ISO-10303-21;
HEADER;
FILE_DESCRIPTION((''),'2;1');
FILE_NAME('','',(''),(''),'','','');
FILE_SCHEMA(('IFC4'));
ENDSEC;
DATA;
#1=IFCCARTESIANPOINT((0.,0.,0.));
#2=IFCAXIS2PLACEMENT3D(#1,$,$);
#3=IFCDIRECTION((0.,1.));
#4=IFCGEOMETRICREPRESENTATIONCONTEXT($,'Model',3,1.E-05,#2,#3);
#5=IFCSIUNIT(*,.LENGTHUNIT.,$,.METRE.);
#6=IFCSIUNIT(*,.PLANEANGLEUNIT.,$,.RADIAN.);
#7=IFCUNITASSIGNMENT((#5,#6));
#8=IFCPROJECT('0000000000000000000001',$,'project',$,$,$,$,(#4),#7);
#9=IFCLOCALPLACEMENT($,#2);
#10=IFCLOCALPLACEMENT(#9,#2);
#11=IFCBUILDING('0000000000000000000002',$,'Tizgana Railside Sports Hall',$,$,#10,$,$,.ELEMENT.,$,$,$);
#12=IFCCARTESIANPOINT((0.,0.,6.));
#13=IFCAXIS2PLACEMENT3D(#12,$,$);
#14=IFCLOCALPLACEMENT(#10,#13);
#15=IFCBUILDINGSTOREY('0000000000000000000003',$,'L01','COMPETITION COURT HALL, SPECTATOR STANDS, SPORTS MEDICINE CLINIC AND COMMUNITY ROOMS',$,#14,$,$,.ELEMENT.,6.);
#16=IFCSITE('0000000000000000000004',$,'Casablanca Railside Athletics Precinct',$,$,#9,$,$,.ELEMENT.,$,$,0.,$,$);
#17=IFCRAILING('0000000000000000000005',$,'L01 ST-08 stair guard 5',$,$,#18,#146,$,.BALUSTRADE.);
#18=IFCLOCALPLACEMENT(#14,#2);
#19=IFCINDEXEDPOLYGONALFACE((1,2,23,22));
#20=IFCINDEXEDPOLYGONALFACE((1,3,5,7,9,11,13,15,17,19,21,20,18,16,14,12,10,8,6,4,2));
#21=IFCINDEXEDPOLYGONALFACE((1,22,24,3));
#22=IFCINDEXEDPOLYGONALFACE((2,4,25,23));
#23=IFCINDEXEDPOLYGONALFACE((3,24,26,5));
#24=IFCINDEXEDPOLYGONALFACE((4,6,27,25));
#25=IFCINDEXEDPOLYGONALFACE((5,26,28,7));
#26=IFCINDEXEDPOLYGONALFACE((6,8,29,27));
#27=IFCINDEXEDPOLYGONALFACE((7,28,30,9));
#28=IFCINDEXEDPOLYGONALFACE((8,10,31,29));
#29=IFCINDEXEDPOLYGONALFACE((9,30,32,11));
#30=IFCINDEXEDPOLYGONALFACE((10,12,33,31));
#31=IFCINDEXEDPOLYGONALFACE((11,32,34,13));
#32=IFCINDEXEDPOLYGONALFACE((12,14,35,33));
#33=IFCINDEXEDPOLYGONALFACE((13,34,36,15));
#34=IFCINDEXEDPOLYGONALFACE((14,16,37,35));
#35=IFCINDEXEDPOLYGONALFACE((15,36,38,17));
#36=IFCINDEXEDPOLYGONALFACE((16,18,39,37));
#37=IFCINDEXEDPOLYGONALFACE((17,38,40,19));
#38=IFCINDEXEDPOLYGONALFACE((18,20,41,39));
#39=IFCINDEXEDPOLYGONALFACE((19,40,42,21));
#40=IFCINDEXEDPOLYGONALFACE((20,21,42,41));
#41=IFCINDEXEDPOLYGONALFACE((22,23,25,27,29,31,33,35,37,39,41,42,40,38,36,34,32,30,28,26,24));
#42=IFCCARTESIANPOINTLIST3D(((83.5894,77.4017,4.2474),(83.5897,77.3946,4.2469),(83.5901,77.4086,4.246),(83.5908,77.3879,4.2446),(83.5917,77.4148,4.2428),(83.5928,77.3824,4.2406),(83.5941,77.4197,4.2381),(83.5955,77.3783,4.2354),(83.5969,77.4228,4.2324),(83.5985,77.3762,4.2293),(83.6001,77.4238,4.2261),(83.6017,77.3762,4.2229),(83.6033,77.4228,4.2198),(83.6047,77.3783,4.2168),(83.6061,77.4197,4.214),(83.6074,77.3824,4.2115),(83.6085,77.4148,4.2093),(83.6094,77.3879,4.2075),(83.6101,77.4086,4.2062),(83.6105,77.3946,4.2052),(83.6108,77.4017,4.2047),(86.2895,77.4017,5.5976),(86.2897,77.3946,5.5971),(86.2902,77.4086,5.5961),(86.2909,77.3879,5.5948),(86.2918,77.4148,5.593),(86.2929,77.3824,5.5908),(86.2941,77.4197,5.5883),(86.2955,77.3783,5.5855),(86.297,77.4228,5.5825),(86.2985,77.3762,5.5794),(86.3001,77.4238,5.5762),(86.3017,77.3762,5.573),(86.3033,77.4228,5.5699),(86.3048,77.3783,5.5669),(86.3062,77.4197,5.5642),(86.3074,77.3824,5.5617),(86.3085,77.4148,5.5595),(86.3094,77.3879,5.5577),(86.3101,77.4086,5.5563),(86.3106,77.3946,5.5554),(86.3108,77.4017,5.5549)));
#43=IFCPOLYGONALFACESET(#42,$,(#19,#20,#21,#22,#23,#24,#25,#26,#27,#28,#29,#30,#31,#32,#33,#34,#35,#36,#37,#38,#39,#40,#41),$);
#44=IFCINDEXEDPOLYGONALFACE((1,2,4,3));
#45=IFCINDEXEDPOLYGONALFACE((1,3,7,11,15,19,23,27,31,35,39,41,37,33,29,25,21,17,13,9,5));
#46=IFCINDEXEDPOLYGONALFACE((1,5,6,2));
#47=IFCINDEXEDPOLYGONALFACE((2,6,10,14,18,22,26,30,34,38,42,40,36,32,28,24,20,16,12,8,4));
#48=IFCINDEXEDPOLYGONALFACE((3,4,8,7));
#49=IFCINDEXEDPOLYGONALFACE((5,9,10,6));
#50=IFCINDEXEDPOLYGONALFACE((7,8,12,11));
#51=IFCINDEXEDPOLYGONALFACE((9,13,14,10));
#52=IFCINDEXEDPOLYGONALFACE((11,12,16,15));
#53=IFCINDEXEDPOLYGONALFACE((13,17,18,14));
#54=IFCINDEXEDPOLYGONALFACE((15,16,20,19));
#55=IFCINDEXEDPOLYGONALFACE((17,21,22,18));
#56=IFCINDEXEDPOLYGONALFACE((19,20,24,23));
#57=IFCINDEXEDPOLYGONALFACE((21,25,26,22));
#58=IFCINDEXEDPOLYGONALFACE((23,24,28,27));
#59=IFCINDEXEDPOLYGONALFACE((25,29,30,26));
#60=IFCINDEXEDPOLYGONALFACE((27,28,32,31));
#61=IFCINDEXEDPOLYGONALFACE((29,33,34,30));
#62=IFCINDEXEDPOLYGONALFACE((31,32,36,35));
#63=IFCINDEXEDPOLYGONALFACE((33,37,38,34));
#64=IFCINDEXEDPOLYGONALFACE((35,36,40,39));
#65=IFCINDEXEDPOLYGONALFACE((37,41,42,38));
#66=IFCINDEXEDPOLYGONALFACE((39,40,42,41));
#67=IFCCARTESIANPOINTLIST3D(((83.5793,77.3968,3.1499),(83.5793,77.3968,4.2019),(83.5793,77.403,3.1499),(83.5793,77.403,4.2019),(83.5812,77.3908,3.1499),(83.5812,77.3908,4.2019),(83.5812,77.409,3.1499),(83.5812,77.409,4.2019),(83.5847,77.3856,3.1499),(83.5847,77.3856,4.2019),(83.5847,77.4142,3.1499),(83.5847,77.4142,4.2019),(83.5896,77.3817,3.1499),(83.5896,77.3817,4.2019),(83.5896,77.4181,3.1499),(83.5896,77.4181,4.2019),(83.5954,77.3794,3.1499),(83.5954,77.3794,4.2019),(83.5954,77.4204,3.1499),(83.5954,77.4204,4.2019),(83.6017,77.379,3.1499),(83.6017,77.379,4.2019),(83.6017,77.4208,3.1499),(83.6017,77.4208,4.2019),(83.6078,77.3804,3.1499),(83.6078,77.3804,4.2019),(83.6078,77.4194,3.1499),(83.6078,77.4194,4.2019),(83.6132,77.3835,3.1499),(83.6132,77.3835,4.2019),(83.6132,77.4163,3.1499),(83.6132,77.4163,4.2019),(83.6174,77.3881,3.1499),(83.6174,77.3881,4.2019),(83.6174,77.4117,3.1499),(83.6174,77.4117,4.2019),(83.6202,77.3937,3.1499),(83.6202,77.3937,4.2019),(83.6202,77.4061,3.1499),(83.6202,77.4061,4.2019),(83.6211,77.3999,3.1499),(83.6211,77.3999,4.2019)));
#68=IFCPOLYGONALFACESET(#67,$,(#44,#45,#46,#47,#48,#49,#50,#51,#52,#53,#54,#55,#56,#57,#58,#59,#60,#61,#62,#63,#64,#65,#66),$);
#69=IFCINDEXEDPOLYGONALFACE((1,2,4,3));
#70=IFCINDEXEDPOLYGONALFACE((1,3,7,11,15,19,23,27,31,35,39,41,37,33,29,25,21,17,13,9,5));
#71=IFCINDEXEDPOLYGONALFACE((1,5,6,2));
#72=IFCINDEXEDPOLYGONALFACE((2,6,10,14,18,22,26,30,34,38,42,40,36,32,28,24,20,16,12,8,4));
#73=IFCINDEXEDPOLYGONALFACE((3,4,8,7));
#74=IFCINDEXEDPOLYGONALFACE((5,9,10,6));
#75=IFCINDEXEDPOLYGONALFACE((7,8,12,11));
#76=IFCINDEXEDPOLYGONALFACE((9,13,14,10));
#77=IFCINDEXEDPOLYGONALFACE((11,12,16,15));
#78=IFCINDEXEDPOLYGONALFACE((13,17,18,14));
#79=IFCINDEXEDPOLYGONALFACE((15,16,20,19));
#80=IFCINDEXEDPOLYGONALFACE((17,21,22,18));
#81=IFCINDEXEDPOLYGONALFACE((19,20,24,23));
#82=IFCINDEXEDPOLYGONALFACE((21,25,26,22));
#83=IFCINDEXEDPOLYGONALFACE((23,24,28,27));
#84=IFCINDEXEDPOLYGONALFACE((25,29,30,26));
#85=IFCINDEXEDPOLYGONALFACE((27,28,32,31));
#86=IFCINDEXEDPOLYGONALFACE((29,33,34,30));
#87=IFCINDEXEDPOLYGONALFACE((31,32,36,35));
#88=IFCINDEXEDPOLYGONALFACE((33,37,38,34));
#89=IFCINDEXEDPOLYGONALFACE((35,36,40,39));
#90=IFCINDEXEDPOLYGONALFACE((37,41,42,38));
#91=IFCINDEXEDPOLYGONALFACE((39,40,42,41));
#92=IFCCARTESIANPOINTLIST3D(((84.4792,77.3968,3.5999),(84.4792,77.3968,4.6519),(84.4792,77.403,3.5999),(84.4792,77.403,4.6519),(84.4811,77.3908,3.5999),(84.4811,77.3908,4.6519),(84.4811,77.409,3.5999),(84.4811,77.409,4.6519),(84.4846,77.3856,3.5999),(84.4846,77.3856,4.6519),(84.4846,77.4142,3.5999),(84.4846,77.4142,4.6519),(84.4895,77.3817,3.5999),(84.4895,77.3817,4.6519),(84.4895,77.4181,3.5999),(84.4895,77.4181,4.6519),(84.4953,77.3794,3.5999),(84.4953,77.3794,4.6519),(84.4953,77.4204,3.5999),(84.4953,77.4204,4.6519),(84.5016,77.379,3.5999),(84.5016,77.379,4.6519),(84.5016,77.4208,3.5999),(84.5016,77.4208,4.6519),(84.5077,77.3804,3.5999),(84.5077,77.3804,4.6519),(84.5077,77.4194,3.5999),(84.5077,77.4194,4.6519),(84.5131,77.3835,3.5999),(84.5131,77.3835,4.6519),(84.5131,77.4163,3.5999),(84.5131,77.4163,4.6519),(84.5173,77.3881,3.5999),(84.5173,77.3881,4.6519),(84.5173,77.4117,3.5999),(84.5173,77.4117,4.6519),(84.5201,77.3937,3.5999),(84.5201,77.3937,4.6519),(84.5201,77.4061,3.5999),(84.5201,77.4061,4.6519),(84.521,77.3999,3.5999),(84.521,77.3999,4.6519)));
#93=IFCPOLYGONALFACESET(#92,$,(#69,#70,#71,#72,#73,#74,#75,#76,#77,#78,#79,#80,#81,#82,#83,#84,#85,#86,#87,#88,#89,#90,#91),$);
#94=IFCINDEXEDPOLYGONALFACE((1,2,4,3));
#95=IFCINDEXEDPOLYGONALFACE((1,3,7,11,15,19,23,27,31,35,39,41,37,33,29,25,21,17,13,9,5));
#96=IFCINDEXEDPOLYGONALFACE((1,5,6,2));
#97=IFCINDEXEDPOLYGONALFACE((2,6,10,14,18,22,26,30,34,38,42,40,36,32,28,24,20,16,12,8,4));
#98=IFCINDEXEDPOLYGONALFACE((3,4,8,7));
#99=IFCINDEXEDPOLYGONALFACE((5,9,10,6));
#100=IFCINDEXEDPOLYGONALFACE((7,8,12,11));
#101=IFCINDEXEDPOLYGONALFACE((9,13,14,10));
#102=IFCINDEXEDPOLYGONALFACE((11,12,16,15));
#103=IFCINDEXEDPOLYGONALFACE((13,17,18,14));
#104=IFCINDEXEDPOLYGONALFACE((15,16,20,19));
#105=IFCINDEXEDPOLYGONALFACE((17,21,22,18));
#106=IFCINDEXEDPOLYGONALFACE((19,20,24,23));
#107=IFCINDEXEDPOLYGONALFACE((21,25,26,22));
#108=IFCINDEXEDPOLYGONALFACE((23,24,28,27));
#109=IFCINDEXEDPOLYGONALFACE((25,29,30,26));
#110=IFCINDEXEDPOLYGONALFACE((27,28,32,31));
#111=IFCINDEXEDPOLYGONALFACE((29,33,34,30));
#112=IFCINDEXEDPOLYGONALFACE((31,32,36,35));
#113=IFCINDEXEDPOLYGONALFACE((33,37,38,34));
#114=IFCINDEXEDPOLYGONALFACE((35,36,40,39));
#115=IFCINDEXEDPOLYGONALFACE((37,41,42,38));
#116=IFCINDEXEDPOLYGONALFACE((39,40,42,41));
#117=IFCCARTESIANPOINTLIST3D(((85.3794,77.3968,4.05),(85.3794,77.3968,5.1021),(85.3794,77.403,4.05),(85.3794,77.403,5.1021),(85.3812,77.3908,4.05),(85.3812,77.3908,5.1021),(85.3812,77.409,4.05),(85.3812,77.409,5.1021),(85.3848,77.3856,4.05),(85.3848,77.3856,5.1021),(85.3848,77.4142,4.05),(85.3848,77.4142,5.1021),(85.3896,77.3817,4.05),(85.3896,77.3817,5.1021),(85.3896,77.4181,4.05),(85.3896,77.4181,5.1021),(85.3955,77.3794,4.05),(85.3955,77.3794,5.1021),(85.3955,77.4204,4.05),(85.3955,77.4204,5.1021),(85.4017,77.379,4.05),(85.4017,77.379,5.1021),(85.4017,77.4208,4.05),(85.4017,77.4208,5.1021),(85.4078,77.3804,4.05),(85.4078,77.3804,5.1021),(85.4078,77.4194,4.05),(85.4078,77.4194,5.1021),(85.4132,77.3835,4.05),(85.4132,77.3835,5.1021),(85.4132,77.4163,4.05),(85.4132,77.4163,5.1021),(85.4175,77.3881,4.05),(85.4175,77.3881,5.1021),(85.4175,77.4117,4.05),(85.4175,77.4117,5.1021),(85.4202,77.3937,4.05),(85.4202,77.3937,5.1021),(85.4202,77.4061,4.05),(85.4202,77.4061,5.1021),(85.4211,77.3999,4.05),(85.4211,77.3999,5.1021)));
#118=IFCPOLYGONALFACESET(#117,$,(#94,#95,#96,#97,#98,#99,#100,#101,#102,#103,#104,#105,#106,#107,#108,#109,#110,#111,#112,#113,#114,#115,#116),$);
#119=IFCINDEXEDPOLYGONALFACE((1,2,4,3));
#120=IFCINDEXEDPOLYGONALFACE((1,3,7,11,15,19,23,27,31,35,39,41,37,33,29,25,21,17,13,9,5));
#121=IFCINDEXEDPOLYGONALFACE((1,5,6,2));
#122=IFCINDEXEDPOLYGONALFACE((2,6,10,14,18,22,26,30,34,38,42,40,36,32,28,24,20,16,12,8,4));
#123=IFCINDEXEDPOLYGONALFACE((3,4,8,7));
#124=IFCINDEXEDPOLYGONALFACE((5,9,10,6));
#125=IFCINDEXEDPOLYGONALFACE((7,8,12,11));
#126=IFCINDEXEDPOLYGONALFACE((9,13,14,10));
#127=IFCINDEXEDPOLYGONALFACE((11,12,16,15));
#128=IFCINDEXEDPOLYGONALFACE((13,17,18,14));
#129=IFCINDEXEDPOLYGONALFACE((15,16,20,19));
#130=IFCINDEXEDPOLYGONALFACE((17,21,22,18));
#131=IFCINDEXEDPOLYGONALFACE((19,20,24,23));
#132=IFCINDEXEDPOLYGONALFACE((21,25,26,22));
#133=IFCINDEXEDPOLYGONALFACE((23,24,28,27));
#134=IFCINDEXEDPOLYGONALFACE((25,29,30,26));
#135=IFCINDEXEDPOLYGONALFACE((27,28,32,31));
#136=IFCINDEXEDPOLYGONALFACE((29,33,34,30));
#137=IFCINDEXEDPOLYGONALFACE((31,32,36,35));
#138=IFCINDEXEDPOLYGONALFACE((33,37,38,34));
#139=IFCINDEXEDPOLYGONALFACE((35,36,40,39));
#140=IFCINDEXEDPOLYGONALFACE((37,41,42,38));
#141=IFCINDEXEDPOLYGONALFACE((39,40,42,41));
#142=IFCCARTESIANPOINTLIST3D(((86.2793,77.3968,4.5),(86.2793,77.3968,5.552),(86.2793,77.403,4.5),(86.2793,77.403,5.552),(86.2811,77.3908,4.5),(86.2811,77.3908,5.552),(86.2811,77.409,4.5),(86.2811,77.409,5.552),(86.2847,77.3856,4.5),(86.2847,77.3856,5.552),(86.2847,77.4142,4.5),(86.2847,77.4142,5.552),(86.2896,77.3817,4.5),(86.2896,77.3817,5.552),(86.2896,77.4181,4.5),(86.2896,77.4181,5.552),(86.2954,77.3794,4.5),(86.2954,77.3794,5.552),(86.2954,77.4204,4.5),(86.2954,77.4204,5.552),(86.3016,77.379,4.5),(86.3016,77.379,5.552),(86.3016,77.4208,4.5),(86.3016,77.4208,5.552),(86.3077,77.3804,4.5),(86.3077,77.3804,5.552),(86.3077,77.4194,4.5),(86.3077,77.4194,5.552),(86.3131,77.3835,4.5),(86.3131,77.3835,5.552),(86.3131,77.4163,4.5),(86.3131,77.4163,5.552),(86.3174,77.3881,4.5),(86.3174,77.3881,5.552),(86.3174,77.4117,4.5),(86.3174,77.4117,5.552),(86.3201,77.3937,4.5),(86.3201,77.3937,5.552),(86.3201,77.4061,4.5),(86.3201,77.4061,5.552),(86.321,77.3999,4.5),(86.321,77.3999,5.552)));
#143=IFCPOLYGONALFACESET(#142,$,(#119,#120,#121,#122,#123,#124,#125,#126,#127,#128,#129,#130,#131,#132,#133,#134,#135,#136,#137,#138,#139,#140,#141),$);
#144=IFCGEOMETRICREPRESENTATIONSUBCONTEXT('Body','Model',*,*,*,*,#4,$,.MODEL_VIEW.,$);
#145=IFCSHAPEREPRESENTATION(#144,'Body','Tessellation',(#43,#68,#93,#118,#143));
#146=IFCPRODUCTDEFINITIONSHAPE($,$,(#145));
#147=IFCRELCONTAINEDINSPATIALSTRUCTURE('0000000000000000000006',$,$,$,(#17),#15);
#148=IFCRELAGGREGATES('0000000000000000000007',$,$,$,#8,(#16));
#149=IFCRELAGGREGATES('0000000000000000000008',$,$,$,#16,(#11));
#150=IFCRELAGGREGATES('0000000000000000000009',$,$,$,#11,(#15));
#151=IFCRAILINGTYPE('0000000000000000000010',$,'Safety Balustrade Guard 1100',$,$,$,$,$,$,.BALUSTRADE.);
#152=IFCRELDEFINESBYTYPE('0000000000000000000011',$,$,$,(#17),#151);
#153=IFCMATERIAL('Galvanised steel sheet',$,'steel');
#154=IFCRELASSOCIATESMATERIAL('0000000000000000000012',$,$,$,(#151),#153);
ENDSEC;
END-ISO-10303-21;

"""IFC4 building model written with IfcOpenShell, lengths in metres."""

from ifc_helpers import new_model, si_unit, direction, frame, origin, origin_2d, place, context, subcontext, project, spatial, circle, extrude, material, type_object, element, save


model = new_model("IFC4")

# Units and contexts
model_context = context("Model", 3, precision=1e-05, world=origin(), true_north=direction((0.0, 1.0)))
body_context = subcontext(model_context, "Body", "Model", "MODEL_VIEW")
ifc_project = project(units=[si_unit("LENGTHUNIT", "METRE"), si_unit("PLANEANGLEUNIT", "RADIAN")], contexts=[model_context])

# Site, building, storey
site_placement = place(None, origin())
site = spatial("IfcSite", under=ifc_project, at=site_placement, Name="Casablanca Railside Athletics Precinct", CompositionType="ELEMENT", RefElevation=0.0)
building_placement = place(site_placement, origin())
building = spatial("IfcBuilding", under=site, at=building_placement, Name="Tizgana Railside Sports Hall", CompositionType="ELEMENT")
storey_placement = place(building_placement, frame((0.0, 0.0, 6.0)))
storey = spatial("IfcBuildingStorey", under=building, at=storey_placement, Name="L01", Description="COMPETITION COURT HALL, SPECTATOR STANDS, SPORTS MEDICINE CLINIC AND COMMUNITY ROOMS", CompositionType="ELEMENT", Elevation=6.0)

# Railing
ifc_material_1 = material(Name="Galvanised steel sheet", Category="steel")
railing_type_1 = type_object("IfcRailingType", Name="Safety Balustrade Guard 1100", PredefinedType="BALUSTRADE", material=ifc_material_1)
railing_1_placement = place(storey_placement, frame((83.6001, 77.3999, 3.1499)))
element("IfcRailing", 1, at=railing_1_placement, inside=storey, type_object=railing_type_1, Name="L01 ST-08 stair guard 5", PredefinedType="BALUSTRADE", context=body_context, shape_type="SweptSolid", body=[
    extrude(circle(Radius=0.0239, at=origin_2d()), frame((0.0, 0.0, 1.0762), z_axis=(0.894411, 0.0, 0.447246), x_axis=(0.0, 1.0, 0.0)), (0.0, 0.0, 1.0), 3.0188),
    extrude(circle(Radius=0.021, at=origin_2d()), origin(), (0.0, 0.0, 1.0), 1.052),
    extrude(circle(Radius=0.021, at=origin_2d()), frame((0.8999, 0.0, 0.45)), (0.0, 0.0, 1.0), 1.052),
    extrude(circle(Radius=0.021, at=origin_2d()), frame((1.8, 0.0, 0.9001)), (0.0, 0.0, 1.0), 1.052),
    extrude(circle(Radius=0.021, at=origin_2d()), frame((2.7, 0.0, 1.3501)), (0.0, 0.0, 1.0), 1.052),
])

save(model, "model.ifc")
